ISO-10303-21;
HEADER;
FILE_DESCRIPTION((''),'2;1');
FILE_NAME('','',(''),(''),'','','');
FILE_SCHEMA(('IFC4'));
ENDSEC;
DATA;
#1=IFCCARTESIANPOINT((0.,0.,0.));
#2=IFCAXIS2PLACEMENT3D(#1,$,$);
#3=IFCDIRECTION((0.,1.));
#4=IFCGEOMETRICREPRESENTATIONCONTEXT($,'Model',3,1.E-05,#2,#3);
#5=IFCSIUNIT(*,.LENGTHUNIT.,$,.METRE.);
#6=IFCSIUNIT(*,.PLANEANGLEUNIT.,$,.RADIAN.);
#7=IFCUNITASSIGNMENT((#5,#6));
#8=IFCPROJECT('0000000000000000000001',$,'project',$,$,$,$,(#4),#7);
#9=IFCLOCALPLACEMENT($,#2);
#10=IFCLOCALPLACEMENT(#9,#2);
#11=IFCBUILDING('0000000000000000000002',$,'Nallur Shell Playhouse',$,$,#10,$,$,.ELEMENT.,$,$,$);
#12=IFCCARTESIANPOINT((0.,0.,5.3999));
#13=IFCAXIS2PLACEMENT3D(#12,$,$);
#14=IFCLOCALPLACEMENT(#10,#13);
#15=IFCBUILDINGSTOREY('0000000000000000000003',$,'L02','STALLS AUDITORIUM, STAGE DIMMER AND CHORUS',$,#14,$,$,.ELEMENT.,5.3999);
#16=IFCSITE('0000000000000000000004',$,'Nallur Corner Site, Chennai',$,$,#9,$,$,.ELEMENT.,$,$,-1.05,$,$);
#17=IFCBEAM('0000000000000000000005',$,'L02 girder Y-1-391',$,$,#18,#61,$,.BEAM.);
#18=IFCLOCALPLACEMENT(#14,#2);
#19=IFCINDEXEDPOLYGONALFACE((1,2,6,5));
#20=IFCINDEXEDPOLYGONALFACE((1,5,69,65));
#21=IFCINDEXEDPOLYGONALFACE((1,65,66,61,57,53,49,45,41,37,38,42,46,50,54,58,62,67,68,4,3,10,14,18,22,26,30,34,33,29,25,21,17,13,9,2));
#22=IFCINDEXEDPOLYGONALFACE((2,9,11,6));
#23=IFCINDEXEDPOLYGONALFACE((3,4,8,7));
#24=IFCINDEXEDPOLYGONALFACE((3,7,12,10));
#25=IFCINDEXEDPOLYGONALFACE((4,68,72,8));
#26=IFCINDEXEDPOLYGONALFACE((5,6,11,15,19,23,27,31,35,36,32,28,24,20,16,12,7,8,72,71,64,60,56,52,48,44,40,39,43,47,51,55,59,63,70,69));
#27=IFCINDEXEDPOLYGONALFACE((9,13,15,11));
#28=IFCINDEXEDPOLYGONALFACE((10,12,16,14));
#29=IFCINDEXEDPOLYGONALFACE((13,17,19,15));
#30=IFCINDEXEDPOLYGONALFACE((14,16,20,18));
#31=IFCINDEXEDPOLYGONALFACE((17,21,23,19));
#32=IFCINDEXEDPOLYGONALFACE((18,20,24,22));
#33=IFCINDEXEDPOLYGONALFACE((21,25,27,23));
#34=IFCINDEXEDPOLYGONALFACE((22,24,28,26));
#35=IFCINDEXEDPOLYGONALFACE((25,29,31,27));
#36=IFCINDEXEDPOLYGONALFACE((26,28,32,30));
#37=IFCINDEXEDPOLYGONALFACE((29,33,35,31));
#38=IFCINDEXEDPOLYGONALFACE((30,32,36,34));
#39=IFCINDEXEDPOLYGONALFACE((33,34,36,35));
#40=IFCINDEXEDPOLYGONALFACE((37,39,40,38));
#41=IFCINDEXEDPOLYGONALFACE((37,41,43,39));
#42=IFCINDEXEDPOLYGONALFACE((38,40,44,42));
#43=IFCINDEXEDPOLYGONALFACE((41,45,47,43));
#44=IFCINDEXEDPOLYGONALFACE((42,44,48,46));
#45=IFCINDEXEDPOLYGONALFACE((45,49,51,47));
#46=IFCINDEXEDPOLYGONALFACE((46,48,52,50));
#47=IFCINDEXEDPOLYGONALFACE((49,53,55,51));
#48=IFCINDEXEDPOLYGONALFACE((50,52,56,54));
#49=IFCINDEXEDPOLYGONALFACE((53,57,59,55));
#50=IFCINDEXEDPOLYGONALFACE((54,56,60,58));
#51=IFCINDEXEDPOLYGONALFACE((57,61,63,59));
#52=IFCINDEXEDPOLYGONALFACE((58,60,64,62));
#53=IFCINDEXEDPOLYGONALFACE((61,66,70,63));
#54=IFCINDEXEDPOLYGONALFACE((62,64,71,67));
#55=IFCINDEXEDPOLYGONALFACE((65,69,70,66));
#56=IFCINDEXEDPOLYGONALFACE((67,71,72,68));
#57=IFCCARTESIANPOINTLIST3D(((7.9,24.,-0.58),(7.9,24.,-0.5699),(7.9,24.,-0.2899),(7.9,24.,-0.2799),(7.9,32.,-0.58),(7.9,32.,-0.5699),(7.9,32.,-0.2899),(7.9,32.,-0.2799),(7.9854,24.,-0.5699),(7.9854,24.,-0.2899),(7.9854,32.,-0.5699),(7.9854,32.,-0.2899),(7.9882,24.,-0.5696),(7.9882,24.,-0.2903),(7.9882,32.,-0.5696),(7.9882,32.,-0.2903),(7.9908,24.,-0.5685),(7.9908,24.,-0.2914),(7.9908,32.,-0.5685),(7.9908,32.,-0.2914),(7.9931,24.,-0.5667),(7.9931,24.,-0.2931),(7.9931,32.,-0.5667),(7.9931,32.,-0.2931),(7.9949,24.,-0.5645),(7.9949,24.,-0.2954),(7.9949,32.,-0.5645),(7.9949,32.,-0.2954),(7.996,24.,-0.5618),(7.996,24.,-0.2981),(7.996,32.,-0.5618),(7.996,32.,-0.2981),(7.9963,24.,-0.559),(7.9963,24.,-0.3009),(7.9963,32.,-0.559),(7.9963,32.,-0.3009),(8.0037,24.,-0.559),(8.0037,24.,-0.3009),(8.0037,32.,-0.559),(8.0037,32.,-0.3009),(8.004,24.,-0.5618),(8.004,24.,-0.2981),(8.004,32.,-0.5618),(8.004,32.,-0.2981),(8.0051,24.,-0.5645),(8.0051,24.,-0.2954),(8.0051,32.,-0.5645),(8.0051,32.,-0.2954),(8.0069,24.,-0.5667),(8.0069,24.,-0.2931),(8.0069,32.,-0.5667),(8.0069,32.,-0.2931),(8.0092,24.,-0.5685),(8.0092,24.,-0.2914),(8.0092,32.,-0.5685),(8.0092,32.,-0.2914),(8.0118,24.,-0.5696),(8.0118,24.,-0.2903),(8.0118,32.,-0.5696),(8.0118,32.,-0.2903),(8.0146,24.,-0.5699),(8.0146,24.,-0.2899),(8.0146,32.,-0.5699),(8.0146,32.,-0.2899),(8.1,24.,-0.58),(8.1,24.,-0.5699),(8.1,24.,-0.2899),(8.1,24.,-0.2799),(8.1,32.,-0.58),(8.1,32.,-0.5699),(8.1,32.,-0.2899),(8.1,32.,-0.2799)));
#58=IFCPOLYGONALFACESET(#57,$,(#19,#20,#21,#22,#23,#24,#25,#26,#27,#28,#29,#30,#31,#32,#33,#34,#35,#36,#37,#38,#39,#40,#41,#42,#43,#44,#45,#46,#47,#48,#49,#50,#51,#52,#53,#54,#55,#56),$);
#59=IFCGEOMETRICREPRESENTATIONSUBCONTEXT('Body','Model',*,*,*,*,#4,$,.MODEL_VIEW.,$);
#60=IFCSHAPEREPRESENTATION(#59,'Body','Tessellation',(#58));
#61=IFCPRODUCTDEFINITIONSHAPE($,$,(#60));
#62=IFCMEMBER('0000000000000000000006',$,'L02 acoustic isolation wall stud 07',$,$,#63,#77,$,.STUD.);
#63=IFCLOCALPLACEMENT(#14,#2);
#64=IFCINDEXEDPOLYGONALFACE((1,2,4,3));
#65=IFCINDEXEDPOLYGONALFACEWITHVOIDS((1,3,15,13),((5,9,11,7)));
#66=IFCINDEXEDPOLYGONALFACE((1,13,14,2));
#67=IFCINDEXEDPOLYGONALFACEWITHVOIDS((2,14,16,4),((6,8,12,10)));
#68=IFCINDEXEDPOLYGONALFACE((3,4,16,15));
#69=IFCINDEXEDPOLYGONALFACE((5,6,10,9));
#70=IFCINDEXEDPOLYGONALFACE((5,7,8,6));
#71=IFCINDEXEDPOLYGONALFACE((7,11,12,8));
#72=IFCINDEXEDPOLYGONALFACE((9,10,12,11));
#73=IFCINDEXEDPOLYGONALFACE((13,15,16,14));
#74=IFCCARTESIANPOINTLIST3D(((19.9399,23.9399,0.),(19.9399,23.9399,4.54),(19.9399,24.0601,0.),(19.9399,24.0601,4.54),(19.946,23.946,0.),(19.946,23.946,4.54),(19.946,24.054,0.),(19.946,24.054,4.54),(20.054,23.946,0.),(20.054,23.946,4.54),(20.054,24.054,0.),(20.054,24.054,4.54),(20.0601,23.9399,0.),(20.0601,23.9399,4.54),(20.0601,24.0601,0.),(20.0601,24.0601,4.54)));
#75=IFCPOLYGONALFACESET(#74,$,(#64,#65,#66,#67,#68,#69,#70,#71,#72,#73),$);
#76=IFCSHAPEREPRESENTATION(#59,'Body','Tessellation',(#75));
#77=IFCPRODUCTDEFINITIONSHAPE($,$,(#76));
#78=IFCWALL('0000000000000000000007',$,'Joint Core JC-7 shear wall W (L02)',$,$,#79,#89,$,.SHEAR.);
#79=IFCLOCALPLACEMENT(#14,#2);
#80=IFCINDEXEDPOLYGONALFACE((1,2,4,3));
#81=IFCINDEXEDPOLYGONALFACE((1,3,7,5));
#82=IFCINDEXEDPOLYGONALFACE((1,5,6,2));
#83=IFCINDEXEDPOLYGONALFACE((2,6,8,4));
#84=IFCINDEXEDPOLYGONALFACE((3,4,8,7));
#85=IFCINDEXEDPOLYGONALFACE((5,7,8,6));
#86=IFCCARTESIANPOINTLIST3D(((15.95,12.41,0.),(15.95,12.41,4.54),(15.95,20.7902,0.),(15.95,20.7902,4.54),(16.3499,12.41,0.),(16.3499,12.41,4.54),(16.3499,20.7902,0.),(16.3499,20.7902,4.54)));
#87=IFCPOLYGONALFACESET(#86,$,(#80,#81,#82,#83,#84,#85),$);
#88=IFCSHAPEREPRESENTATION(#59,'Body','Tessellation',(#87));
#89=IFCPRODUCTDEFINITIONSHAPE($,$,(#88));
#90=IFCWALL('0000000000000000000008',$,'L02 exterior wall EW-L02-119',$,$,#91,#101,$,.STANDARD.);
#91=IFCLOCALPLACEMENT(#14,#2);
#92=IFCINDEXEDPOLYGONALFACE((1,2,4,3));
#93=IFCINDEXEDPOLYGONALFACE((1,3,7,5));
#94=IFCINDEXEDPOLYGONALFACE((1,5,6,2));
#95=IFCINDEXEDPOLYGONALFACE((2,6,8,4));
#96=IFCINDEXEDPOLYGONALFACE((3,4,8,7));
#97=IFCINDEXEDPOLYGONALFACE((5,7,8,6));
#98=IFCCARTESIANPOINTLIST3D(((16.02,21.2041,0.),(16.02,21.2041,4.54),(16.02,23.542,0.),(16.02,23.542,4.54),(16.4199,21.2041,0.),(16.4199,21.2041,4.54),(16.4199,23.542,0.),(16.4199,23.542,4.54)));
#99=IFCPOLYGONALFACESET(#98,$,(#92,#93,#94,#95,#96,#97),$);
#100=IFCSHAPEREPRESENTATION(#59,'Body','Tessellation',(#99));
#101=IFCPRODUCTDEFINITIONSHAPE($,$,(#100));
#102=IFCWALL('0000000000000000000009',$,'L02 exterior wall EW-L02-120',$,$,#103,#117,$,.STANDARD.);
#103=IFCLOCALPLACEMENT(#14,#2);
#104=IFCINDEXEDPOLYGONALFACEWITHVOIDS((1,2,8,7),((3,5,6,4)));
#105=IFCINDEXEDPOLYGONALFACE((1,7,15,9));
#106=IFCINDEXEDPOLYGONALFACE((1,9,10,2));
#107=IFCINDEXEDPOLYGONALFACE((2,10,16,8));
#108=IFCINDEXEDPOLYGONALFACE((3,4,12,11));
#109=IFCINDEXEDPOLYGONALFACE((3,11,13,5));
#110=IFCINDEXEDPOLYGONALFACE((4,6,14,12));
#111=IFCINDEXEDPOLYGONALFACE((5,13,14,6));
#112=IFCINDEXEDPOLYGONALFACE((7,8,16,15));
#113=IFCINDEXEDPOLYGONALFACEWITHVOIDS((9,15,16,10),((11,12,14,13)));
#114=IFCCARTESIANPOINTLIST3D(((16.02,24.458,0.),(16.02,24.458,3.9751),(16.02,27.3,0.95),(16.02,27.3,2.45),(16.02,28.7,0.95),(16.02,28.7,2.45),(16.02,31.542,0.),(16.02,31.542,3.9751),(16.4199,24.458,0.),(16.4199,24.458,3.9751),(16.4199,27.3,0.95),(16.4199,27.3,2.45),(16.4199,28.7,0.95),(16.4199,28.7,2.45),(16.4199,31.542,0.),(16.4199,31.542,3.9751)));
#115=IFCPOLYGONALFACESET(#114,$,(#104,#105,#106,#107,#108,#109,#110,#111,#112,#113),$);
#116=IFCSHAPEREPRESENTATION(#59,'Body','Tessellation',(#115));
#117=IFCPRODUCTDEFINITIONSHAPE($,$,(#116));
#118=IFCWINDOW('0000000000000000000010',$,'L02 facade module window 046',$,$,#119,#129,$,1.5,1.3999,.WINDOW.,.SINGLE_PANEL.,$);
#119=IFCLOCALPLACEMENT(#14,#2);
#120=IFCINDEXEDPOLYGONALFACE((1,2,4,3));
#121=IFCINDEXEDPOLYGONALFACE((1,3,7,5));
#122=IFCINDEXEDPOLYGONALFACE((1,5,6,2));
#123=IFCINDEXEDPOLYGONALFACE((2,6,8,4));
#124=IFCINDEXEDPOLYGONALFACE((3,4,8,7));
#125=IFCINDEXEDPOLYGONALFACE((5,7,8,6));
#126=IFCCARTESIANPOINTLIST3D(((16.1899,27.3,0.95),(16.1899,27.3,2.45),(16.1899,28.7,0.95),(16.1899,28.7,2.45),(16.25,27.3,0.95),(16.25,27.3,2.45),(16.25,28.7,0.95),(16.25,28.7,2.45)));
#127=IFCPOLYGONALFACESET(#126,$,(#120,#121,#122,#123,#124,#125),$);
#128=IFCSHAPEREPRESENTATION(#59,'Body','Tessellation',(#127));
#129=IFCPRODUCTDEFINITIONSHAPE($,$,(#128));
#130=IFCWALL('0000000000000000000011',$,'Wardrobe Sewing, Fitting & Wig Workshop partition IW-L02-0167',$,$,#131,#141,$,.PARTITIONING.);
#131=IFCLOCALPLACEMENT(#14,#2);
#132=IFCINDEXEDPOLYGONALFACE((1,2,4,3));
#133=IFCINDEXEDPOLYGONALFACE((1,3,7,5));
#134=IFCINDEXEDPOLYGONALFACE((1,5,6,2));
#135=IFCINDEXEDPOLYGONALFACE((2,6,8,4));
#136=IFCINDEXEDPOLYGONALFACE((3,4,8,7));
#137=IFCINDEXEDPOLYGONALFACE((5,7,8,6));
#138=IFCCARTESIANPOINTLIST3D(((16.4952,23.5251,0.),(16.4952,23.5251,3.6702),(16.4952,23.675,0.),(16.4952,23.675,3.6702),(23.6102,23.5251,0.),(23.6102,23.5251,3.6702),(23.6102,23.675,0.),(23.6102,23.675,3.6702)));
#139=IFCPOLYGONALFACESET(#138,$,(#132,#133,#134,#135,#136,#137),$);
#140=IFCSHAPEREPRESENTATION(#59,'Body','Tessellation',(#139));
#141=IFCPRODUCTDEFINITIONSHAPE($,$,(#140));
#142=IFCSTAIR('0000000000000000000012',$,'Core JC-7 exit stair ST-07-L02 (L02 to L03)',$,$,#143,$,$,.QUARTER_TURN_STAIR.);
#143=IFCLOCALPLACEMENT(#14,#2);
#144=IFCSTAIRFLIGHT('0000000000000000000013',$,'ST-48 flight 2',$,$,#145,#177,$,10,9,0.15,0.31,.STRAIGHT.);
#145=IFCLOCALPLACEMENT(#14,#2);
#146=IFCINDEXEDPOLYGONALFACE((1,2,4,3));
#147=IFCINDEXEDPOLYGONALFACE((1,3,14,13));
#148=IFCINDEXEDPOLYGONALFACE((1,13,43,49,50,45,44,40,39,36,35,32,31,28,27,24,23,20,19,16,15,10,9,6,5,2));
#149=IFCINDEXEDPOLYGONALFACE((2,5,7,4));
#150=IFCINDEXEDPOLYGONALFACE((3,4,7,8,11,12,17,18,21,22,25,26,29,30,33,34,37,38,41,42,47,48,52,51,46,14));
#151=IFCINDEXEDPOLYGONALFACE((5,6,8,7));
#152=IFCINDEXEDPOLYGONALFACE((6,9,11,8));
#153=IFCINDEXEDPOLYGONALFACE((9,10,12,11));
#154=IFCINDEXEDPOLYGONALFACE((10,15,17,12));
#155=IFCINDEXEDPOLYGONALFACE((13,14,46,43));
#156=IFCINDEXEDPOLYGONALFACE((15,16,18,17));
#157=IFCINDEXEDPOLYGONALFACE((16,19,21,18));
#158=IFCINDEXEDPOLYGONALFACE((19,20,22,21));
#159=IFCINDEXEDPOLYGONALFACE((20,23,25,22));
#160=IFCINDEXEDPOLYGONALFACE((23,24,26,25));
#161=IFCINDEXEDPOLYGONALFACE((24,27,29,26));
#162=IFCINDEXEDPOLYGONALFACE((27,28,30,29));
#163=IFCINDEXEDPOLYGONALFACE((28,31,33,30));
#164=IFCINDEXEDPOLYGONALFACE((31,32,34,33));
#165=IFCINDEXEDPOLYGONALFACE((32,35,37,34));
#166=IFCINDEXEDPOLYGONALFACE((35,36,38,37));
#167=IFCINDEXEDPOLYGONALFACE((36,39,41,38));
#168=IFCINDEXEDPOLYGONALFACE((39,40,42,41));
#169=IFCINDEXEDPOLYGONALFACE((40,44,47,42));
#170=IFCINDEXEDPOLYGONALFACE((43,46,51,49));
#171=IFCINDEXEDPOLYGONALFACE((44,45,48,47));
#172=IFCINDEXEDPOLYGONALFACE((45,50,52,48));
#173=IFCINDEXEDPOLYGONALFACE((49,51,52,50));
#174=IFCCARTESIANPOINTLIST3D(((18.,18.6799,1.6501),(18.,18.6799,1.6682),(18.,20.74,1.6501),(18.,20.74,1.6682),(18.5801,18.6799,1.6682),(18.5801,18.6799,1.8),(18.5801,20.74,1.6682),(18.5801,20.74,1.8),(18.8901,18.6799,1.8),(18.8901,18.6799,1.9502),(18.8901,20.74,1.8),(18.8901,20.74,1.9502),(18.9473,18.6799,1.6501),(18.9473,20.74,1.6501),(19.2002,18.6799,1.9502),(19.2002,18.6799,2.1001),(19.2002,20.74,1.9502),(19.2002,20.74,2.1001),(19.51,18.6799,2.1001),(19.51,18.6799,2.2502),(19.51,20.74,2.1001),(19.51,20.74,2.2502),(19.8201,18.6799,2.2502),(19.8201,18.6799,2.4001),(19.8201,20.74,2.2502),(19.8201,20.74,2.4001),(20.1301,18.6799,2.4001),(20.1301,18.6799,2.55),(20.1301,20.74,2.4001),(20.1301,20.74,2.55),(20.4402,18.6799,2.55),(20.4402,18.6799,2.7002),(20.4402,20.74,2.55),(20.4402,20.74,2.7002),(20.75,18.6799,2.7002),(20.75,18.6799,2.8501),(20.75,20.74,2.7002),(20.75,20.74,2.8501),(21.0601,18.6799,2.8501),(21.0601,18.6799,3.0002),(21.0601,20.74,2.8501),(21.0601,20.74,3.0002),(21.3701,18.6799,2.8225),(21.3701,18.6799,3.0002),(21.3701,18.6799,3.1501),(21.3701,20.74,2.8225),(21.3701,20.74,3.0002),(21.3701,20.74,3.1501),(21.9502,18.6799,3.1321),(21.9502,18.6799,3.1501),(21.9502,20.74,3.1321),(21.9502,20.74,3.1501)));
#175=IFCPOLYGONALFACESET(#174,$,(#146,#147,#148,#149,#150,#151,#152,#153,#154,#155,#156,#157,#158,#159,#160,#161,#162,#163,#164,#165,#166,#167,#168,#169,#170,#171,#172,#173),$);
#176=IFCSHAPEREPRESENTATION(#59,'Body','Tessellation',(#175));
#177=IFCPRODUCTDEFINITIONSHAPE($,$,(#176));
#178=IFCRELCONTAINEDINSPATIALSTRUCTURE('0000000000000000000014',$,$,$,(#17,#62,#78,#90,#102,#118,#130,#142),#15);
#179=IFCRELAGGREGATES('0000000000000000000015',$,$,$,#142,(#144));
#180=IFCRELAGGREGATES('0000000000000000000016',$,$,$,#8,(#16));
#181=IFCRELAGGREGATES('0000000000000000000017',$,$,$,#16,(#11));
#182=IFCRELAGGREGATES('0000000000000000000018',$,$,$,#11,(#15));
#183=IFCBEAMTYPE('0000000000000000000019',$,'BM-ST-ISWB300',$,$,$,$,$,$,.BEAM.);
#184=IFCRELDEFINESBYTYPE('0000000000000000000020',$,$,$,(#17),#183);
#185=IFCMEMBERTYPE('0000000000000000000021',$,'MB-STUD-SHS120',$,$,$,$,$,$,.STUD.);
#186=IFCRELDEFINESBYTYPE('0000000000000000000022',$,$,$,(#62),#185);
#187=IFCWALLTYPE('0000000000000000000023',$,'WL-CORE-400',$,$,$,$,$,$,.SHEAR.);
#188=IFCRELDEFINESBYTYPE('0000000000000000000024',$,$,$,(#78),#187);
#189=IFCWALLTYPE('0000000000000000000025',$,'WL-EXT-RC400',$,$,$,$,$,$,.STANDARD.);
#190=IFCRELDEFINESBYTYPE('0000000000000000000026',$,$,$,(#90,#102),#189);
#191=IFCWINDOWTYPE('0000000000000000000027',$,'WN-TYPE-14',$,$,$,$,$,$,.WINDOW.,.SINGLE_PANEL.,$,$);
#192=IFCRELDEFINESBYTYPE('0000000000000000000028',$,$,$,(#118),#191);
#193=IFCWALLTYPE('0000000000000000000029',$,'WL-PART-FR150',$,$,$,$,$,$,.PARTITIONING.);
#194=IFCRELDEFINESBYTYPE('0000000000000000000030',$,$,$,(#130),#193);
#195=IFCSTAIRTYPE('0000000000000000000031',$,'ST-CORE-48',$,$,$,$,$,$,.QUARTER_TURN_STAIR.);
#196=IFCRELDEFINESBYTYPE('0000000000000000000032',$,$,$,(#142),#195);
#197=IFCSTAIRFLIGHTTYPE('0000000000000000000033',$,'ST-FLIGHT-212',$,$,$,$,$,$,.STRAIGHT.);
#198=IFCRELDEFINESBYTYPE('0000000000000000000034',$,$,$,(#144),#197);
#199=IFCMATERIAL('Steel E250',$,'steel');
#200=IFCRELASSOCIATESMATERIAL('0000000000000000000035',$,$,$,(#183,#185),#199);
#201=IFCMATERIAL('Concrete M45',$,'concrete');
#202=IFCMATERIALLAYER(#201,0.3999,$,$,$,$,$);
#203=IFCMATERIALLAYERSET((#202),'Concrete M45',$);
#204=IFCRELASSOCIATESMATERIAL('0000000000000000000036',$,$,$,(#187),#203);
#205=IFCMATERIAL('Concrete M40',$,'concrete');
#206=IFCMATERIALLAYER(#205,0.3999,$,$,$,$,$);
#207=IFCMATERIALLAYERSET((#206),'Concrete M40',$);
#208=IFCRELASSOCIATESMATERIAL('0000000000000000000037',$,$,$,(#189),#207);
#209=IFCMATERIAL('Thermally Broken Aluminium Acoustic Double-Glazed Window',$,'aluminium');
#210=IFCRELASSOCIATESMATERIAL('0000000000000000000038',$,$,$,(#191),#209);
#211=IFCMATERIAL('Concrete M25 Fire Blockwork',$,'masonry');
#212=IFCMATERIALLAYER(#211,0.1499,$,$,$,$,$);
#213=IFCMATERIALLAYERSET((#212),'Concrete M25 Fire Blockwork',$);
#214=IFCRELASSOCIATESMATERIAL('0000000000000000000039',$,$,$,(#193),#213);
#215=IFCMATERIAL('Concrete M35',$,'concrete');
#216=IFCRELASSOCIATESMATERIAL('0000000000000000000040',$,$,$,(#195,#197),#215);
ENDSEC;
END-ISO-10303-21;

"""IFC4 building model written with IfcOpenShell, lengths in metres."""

from ifc_helpers import new_model, si_unit, direction, frame, frame_2d, origin, origin_2d, place, context, subcontext, project, spatial, polyline, rectangle, hollow_rectangle, i_section, outline, extrude, material, layer, layer_set, material_profile, profile_set, type_object, element, fill, aggregate, save


model = new_model("IFC4")

# Units and contexts
model_context = context("Model", 3, precision=1e-05, world=origin(), true_north=direction((0.0, 1.0)))
body_context = subcontext(model_context, "Body", "Model", "MODEL_VIEW")
ifc_project = project(units=[si_unit("LENGTHUNIT", "METRE"), si_unit("PLANEANGLEUNIT", "RADIAN")], contexts=[model_context])

# Site, building, storey
site_placement = place(None, origin())
site = spatial("IfcSite", under=ifc_project, at=site_placement, Name="Nallur Corner Site, Chennai", CompositionType="ELEMENT", RefElevation=-1.05)
building_placement = place(site_placement, origin())
building = spatial("IfcBuilding", under=site, at=building_placement, Name="Nallur Shell Playhouse", CompositionType="ELEMENT")
storey_placement = place(building_placement, frame((0.0, 0.0, 5.3999)))
storey = spatial("IfcBuildingStorey", under=building, at=storey_placement, Name="L02", Description="STALLS AUDITORIUM, STAGE DIMMER AND CHORUS", CompositionType="ELEMENT", Elevation=5.3999)

# Shared definitions
ifc_material_1 = material(Name="Concrete M40", Category="concrete")

# Beam
ifc_material_2 = material(Name="Steel E250", Category="steel")
ifc_material_3 = material(Name="Concrete M35", Category="concrete")
ifc_material_profile_1 = material_profile(ifc_material_2, i_section(OverallWidth=0.2, OverallDepth=0.3, WebThickness=0.0073, FlangeThickness=0.01, FilletRadius=0.011, at=origin_2d()), Name="ISWB 300")
ifc_profile_set_1 = profile_set([ifc_material_profile_1], Name="Steel E250")
beam_type_1 = type_object("IfcBeamType", Name="BM-ST-ISWB300", PredefinedType="BEAM", material=ifc_profile_set_1)
beam_1_placement = place(storey_placement, frame((8.0, 24.0, -0.4299), z_axis=(0.0, 1.0, 0.0), x_axis=(-1.0, 0.0, 0.0)))
element("IfcBeam", 1, at=beam_1_placement, inside=storey, type_object=beam_type_1, Name="L02 girder Y-1-391", PredefinedType="BEAM", context=body_context, shape_type="SweptSolid", body=[
    extrude(i_section(OverallWidth=0.2, OverallDepth=0.3, WebThickness=0.0073, FlangeThickness=0.01, FilletRadius=0.011, at=origin_2d()), origin(), (0.0, 0.0, 1.0), 8.0),
])

# Member
ifc_material_profile_2 = material_profile(ifc_material_2, hollow_rectangle(XDim=0.1201, YDim=0.1201, WallThickness=0.0061, at=origin_2d()), Name="SHS 120x120x6")
ifc_profile_set_2 = profile_set([ifc_material_profile_2], Name="Steel E250")
member_type = type_object("IfcMemberType", Name="MB-STUD-SHS120", PredefinedType="STUD", material=ifc_profile_set_2)
member_placement = place(storey_placement, frame((20.0, 24.0, 0.0), z_axis=(0.0, 0.0, 1.0), x_axis=(1.0, 0.0, 0.0)))
element("IfcMember", 2, at=member_placement, inside=storey, type_object=member_type, Name="L02 acoustic isolation wall stud 07", PredefinedType="STUD", context=body_context, shape_type="SweptSolid", body=[
    extrude(hollow_rectangle(XDim=0.1201, YDim=0.1201, WallThickness=0.0061, at=origin_2d()), origin(), (0.0, 0.0, 1.0), 4.54),
])

# Walls
ifc_material_4 = material(Name="Concrete M45", Category="concrete")
ifc_layer_1 = layer(ifc_material_4, 0.3999)
ifc_layer_set_1 = layer_set([ifc_layer_1], Name="Concrete M45")
wall_type_1 = type_object("IfcWallType", Name="WL-CORE-400", PredefinedType="SHEAR", material=ifc_layer_set_1)
wall_1_placement = place(storey_placement, frame((16.1499, 20.79, 0.0), z_axis=(0.0, 0.0, 1.0), x_axis=(0.0, -1.0, 0.0)))
element("IfcWall", 3, at=wall_1_placement, inside=storey, type_object=wall_type_1, Name="Joint Core JC-7 shear wall W (L02)", PredefinedType="SHEAR", context=body_context, shape_type="SweptSolid", body=[
    extrude(rectangle(XDim=8.3801, YDim=0.3999, at=frame_2d((4.1899, 0.0))), origin(), (0.0, 0.0, 1.0), 4.54),
])
ifc_layer_2 = layer(ifc_material_1, 0.3999)
ifc_layer_set_2 = layer_set([ifc_layer_2], Name="Concrete M40")
wall_type_2 = type_object("IfcWallType", Name="WL-EXT-RC400", PredefinedType="STANDARD", material=ifc_layer_set_2)
wall_2_placement = place(storey_placement, frame((16.22, 21.2041, 0.0), z_axis=(0.0, 0.0, 1.0), x_axis=(0.0, 1.0, 0.0)))
element("IfcWall", 4, at=wall_2_placement, inside=storey, type_object=wall_type_2, Name="L02 exterior wall EW-L02-119", PredefinedType="STANDARD", context=body_context, shape_type="SweptSolid", body=[
    extrude(rectangle(XDim=2.3379, YDim=0.3999, at=frame_2d((1.1689, 0.0))), origin(), (0.0, 0.0, 1.0), 4.54),
])

# Wall, opening, window
wall_3_placement = place(storey_placement, frame((16.22, 24.458, 0.0), z_axis=(0.0, 0.0, 1.0), x_axis=(0.0, 1.0, 0.0)))
wall_3 = element("IfcWall", 5, at=wall_3_placement, inside=storey, type_object=wall_type_2, Name="L02 exterior wall EW-L02-120", PredefinedType="STANDARD", context=body_context, shape_type="SweptSolid", body=[
    extrude(rectangle(XDim=7.084, YDim=0.3999, at=frame_2d((3.542, 0.0))), origin(), (0.0, 0.0, 1.0), 3.9751),
])
opening_placement = place(wall_3_placement, frame((2.842, 0.0, 0.95)))
opening = element("IfcOpeningElement", 6, at=opening_placement, cuts=wall_3, PredefinedType="OPENING", context=body_context, shape_type="SweptSolid", body=[
    extrude(rectangle(XDim=1.3999, YDim=1.5, at=frame_2d((0.7, 0.75))), frame((0.0, 0.21, 0.0), z_axis=(0.0, -1.0, 0.0), x_axis=(1.0, 0.0, 0.0)), (0.0, 0.0, 1.0), 0.4199),
])
ifc_material_5 = material(Name="Thermally Broken Aluminium Acoustic Double-Glazed Window", Category="aluminium")
window_type = type_object("IfcWindowType", Name="WN-TYPE-14", PartitioningType="SINGLE_PANEL", PredefinedType="WINDOW", material=ifc_material_5)
window_placement = place(opening_placement, origin())
window = element("IfcWindow", 7, at=window_placement, inside=storey, type_object=window_type, Name="L02 facade module window 046", OverallHeight=1.5, OverallWidth=1.3999, PartitioningType="SINGLE_PANEL", PredefinedType="WINDOW", context=body_context, shape_type="SweptSolid", body=[
    extrude(rectangle(XDim=1.3999, YDim=1.5, at=frame_2d((0.7, 0.75))), frame((0.0, 0.03, 0.0), z_axis=(0.0, -1.0, 0.0), x_axis=(1.0, 0.0, 0.0)), (0.0, 0.0, 1.0), 0.0601),
])
fill(opening, window)

# Wall
ifc_material_6 = material(Name="Concrete M25 Fire Blockwork", Category="masonry")
ifc_layer_3 = layer(ifc_material_6, 0.1499)
ifc_layer_set_3 = layer_set([ifc_layer_3], Name="Concrete M25 Fire Blockwork")
wall_type_3 = type_object("IfcWallType", Name="WL-PART-FR150", PredefinedType="PARTITIONING", material=ifc_layer_set_3)
wall_4_placement = place(storey_placement, frame((16.4951, 23.6001, 0.0), z_axis=(0.0, 0.0, 1.0), x_axis=(1.0, 0.0, 0.0)))
element("IfcWall", 8, at=wall_4_placement, inside=storey, type_object=wall_type_3, Name="Wardrobe Sewing, Fitting & Wig Workshop partition IW-L02-0167", PredefinedType="PARTITIONING", context=body_context, shape_type="SweptSolid", body=[
    extrude(rectangle(XDim=7.115, YDim=0.1499, at=frame_2d((3.5576, 0.0))), origin(), (0.0, 0.0, 1.0), 3.6702),
])

# Stair, stair flight
stair_type = type_object("IfcStairType", Name="ST-CORE-48", PredefinedType="QUARTER_TURN_STAIR", material=ifc_material_3)
stair_placement = place(storey_placement, origin())
stair = element("IfcStair", 9, at=stair_placement, inside=storey, type_object=stair_type, Name="Core JC-7 exit stair ST-07-L02 (L02 to L03)", PredefinedType="QUARTER_TURN_STAIR")
stair_flight_type = type_object("IfcStairFlightType", Name="ST-FLIGHT-212", PredefinedType="STRAIGHT", material=ifc_material_3)
stair_flight_placement = place(storey_placement, frame((18.5801, 19.71, 1.6501), z_axis=(0.0, 0.0, 1.0), x_axis=(1.0, 0.0, 0.0)))
stair_flight = element("IfcStairFlight", 10, at=stair_flight_placement, type_object=stair_flight_type, Name="ST-48 flight 2", NumberOfRisers=10, NumberOfTreads=9, PredefinedType="STRAIGHT", RiserHeight=0.15, TreadLength=0.31, context=body_context, shape_type="SweptSolid", body=[
    extrude(outline(polyline([(-0.5801, 0.0), (-0.5801, 0.0181), (0.0, 0.0181), (0.0, 0.1499), (0.3101, 0.1499), (0.3101, 0.3), (0.6201, 0.3), (0.6201, 0.45), (0.9299, 0.45), (0.9299, 0.6001), (1.24, 0.6001), (1.24, 0.75), (1.55, 0.75), (1.55, 0.8999), (1.8601, 0.8999), (1.8601, 1.05), (2.1699, 1.05), (2.1699, 1.2), (2.48, 1.2), (2.48, 1.3501), (2.79, 1.3501), (2.79, 1.5), (3.3701, 1.5), (3.3701, 1.4819), (2.79, 1.1724), (0.3672, 0.0), (-0.5801, 0.0)])), frame((0.0, 1.03, 0.0), z_axis=(0.0, -1.0, 0.0), x_axis=(1.0, 0.0, 0.0)), (0.0, 0.0, 1.0), 2.0601),
])
aggregate(stair, [stair_flight])

save(model, "model.ifc")
